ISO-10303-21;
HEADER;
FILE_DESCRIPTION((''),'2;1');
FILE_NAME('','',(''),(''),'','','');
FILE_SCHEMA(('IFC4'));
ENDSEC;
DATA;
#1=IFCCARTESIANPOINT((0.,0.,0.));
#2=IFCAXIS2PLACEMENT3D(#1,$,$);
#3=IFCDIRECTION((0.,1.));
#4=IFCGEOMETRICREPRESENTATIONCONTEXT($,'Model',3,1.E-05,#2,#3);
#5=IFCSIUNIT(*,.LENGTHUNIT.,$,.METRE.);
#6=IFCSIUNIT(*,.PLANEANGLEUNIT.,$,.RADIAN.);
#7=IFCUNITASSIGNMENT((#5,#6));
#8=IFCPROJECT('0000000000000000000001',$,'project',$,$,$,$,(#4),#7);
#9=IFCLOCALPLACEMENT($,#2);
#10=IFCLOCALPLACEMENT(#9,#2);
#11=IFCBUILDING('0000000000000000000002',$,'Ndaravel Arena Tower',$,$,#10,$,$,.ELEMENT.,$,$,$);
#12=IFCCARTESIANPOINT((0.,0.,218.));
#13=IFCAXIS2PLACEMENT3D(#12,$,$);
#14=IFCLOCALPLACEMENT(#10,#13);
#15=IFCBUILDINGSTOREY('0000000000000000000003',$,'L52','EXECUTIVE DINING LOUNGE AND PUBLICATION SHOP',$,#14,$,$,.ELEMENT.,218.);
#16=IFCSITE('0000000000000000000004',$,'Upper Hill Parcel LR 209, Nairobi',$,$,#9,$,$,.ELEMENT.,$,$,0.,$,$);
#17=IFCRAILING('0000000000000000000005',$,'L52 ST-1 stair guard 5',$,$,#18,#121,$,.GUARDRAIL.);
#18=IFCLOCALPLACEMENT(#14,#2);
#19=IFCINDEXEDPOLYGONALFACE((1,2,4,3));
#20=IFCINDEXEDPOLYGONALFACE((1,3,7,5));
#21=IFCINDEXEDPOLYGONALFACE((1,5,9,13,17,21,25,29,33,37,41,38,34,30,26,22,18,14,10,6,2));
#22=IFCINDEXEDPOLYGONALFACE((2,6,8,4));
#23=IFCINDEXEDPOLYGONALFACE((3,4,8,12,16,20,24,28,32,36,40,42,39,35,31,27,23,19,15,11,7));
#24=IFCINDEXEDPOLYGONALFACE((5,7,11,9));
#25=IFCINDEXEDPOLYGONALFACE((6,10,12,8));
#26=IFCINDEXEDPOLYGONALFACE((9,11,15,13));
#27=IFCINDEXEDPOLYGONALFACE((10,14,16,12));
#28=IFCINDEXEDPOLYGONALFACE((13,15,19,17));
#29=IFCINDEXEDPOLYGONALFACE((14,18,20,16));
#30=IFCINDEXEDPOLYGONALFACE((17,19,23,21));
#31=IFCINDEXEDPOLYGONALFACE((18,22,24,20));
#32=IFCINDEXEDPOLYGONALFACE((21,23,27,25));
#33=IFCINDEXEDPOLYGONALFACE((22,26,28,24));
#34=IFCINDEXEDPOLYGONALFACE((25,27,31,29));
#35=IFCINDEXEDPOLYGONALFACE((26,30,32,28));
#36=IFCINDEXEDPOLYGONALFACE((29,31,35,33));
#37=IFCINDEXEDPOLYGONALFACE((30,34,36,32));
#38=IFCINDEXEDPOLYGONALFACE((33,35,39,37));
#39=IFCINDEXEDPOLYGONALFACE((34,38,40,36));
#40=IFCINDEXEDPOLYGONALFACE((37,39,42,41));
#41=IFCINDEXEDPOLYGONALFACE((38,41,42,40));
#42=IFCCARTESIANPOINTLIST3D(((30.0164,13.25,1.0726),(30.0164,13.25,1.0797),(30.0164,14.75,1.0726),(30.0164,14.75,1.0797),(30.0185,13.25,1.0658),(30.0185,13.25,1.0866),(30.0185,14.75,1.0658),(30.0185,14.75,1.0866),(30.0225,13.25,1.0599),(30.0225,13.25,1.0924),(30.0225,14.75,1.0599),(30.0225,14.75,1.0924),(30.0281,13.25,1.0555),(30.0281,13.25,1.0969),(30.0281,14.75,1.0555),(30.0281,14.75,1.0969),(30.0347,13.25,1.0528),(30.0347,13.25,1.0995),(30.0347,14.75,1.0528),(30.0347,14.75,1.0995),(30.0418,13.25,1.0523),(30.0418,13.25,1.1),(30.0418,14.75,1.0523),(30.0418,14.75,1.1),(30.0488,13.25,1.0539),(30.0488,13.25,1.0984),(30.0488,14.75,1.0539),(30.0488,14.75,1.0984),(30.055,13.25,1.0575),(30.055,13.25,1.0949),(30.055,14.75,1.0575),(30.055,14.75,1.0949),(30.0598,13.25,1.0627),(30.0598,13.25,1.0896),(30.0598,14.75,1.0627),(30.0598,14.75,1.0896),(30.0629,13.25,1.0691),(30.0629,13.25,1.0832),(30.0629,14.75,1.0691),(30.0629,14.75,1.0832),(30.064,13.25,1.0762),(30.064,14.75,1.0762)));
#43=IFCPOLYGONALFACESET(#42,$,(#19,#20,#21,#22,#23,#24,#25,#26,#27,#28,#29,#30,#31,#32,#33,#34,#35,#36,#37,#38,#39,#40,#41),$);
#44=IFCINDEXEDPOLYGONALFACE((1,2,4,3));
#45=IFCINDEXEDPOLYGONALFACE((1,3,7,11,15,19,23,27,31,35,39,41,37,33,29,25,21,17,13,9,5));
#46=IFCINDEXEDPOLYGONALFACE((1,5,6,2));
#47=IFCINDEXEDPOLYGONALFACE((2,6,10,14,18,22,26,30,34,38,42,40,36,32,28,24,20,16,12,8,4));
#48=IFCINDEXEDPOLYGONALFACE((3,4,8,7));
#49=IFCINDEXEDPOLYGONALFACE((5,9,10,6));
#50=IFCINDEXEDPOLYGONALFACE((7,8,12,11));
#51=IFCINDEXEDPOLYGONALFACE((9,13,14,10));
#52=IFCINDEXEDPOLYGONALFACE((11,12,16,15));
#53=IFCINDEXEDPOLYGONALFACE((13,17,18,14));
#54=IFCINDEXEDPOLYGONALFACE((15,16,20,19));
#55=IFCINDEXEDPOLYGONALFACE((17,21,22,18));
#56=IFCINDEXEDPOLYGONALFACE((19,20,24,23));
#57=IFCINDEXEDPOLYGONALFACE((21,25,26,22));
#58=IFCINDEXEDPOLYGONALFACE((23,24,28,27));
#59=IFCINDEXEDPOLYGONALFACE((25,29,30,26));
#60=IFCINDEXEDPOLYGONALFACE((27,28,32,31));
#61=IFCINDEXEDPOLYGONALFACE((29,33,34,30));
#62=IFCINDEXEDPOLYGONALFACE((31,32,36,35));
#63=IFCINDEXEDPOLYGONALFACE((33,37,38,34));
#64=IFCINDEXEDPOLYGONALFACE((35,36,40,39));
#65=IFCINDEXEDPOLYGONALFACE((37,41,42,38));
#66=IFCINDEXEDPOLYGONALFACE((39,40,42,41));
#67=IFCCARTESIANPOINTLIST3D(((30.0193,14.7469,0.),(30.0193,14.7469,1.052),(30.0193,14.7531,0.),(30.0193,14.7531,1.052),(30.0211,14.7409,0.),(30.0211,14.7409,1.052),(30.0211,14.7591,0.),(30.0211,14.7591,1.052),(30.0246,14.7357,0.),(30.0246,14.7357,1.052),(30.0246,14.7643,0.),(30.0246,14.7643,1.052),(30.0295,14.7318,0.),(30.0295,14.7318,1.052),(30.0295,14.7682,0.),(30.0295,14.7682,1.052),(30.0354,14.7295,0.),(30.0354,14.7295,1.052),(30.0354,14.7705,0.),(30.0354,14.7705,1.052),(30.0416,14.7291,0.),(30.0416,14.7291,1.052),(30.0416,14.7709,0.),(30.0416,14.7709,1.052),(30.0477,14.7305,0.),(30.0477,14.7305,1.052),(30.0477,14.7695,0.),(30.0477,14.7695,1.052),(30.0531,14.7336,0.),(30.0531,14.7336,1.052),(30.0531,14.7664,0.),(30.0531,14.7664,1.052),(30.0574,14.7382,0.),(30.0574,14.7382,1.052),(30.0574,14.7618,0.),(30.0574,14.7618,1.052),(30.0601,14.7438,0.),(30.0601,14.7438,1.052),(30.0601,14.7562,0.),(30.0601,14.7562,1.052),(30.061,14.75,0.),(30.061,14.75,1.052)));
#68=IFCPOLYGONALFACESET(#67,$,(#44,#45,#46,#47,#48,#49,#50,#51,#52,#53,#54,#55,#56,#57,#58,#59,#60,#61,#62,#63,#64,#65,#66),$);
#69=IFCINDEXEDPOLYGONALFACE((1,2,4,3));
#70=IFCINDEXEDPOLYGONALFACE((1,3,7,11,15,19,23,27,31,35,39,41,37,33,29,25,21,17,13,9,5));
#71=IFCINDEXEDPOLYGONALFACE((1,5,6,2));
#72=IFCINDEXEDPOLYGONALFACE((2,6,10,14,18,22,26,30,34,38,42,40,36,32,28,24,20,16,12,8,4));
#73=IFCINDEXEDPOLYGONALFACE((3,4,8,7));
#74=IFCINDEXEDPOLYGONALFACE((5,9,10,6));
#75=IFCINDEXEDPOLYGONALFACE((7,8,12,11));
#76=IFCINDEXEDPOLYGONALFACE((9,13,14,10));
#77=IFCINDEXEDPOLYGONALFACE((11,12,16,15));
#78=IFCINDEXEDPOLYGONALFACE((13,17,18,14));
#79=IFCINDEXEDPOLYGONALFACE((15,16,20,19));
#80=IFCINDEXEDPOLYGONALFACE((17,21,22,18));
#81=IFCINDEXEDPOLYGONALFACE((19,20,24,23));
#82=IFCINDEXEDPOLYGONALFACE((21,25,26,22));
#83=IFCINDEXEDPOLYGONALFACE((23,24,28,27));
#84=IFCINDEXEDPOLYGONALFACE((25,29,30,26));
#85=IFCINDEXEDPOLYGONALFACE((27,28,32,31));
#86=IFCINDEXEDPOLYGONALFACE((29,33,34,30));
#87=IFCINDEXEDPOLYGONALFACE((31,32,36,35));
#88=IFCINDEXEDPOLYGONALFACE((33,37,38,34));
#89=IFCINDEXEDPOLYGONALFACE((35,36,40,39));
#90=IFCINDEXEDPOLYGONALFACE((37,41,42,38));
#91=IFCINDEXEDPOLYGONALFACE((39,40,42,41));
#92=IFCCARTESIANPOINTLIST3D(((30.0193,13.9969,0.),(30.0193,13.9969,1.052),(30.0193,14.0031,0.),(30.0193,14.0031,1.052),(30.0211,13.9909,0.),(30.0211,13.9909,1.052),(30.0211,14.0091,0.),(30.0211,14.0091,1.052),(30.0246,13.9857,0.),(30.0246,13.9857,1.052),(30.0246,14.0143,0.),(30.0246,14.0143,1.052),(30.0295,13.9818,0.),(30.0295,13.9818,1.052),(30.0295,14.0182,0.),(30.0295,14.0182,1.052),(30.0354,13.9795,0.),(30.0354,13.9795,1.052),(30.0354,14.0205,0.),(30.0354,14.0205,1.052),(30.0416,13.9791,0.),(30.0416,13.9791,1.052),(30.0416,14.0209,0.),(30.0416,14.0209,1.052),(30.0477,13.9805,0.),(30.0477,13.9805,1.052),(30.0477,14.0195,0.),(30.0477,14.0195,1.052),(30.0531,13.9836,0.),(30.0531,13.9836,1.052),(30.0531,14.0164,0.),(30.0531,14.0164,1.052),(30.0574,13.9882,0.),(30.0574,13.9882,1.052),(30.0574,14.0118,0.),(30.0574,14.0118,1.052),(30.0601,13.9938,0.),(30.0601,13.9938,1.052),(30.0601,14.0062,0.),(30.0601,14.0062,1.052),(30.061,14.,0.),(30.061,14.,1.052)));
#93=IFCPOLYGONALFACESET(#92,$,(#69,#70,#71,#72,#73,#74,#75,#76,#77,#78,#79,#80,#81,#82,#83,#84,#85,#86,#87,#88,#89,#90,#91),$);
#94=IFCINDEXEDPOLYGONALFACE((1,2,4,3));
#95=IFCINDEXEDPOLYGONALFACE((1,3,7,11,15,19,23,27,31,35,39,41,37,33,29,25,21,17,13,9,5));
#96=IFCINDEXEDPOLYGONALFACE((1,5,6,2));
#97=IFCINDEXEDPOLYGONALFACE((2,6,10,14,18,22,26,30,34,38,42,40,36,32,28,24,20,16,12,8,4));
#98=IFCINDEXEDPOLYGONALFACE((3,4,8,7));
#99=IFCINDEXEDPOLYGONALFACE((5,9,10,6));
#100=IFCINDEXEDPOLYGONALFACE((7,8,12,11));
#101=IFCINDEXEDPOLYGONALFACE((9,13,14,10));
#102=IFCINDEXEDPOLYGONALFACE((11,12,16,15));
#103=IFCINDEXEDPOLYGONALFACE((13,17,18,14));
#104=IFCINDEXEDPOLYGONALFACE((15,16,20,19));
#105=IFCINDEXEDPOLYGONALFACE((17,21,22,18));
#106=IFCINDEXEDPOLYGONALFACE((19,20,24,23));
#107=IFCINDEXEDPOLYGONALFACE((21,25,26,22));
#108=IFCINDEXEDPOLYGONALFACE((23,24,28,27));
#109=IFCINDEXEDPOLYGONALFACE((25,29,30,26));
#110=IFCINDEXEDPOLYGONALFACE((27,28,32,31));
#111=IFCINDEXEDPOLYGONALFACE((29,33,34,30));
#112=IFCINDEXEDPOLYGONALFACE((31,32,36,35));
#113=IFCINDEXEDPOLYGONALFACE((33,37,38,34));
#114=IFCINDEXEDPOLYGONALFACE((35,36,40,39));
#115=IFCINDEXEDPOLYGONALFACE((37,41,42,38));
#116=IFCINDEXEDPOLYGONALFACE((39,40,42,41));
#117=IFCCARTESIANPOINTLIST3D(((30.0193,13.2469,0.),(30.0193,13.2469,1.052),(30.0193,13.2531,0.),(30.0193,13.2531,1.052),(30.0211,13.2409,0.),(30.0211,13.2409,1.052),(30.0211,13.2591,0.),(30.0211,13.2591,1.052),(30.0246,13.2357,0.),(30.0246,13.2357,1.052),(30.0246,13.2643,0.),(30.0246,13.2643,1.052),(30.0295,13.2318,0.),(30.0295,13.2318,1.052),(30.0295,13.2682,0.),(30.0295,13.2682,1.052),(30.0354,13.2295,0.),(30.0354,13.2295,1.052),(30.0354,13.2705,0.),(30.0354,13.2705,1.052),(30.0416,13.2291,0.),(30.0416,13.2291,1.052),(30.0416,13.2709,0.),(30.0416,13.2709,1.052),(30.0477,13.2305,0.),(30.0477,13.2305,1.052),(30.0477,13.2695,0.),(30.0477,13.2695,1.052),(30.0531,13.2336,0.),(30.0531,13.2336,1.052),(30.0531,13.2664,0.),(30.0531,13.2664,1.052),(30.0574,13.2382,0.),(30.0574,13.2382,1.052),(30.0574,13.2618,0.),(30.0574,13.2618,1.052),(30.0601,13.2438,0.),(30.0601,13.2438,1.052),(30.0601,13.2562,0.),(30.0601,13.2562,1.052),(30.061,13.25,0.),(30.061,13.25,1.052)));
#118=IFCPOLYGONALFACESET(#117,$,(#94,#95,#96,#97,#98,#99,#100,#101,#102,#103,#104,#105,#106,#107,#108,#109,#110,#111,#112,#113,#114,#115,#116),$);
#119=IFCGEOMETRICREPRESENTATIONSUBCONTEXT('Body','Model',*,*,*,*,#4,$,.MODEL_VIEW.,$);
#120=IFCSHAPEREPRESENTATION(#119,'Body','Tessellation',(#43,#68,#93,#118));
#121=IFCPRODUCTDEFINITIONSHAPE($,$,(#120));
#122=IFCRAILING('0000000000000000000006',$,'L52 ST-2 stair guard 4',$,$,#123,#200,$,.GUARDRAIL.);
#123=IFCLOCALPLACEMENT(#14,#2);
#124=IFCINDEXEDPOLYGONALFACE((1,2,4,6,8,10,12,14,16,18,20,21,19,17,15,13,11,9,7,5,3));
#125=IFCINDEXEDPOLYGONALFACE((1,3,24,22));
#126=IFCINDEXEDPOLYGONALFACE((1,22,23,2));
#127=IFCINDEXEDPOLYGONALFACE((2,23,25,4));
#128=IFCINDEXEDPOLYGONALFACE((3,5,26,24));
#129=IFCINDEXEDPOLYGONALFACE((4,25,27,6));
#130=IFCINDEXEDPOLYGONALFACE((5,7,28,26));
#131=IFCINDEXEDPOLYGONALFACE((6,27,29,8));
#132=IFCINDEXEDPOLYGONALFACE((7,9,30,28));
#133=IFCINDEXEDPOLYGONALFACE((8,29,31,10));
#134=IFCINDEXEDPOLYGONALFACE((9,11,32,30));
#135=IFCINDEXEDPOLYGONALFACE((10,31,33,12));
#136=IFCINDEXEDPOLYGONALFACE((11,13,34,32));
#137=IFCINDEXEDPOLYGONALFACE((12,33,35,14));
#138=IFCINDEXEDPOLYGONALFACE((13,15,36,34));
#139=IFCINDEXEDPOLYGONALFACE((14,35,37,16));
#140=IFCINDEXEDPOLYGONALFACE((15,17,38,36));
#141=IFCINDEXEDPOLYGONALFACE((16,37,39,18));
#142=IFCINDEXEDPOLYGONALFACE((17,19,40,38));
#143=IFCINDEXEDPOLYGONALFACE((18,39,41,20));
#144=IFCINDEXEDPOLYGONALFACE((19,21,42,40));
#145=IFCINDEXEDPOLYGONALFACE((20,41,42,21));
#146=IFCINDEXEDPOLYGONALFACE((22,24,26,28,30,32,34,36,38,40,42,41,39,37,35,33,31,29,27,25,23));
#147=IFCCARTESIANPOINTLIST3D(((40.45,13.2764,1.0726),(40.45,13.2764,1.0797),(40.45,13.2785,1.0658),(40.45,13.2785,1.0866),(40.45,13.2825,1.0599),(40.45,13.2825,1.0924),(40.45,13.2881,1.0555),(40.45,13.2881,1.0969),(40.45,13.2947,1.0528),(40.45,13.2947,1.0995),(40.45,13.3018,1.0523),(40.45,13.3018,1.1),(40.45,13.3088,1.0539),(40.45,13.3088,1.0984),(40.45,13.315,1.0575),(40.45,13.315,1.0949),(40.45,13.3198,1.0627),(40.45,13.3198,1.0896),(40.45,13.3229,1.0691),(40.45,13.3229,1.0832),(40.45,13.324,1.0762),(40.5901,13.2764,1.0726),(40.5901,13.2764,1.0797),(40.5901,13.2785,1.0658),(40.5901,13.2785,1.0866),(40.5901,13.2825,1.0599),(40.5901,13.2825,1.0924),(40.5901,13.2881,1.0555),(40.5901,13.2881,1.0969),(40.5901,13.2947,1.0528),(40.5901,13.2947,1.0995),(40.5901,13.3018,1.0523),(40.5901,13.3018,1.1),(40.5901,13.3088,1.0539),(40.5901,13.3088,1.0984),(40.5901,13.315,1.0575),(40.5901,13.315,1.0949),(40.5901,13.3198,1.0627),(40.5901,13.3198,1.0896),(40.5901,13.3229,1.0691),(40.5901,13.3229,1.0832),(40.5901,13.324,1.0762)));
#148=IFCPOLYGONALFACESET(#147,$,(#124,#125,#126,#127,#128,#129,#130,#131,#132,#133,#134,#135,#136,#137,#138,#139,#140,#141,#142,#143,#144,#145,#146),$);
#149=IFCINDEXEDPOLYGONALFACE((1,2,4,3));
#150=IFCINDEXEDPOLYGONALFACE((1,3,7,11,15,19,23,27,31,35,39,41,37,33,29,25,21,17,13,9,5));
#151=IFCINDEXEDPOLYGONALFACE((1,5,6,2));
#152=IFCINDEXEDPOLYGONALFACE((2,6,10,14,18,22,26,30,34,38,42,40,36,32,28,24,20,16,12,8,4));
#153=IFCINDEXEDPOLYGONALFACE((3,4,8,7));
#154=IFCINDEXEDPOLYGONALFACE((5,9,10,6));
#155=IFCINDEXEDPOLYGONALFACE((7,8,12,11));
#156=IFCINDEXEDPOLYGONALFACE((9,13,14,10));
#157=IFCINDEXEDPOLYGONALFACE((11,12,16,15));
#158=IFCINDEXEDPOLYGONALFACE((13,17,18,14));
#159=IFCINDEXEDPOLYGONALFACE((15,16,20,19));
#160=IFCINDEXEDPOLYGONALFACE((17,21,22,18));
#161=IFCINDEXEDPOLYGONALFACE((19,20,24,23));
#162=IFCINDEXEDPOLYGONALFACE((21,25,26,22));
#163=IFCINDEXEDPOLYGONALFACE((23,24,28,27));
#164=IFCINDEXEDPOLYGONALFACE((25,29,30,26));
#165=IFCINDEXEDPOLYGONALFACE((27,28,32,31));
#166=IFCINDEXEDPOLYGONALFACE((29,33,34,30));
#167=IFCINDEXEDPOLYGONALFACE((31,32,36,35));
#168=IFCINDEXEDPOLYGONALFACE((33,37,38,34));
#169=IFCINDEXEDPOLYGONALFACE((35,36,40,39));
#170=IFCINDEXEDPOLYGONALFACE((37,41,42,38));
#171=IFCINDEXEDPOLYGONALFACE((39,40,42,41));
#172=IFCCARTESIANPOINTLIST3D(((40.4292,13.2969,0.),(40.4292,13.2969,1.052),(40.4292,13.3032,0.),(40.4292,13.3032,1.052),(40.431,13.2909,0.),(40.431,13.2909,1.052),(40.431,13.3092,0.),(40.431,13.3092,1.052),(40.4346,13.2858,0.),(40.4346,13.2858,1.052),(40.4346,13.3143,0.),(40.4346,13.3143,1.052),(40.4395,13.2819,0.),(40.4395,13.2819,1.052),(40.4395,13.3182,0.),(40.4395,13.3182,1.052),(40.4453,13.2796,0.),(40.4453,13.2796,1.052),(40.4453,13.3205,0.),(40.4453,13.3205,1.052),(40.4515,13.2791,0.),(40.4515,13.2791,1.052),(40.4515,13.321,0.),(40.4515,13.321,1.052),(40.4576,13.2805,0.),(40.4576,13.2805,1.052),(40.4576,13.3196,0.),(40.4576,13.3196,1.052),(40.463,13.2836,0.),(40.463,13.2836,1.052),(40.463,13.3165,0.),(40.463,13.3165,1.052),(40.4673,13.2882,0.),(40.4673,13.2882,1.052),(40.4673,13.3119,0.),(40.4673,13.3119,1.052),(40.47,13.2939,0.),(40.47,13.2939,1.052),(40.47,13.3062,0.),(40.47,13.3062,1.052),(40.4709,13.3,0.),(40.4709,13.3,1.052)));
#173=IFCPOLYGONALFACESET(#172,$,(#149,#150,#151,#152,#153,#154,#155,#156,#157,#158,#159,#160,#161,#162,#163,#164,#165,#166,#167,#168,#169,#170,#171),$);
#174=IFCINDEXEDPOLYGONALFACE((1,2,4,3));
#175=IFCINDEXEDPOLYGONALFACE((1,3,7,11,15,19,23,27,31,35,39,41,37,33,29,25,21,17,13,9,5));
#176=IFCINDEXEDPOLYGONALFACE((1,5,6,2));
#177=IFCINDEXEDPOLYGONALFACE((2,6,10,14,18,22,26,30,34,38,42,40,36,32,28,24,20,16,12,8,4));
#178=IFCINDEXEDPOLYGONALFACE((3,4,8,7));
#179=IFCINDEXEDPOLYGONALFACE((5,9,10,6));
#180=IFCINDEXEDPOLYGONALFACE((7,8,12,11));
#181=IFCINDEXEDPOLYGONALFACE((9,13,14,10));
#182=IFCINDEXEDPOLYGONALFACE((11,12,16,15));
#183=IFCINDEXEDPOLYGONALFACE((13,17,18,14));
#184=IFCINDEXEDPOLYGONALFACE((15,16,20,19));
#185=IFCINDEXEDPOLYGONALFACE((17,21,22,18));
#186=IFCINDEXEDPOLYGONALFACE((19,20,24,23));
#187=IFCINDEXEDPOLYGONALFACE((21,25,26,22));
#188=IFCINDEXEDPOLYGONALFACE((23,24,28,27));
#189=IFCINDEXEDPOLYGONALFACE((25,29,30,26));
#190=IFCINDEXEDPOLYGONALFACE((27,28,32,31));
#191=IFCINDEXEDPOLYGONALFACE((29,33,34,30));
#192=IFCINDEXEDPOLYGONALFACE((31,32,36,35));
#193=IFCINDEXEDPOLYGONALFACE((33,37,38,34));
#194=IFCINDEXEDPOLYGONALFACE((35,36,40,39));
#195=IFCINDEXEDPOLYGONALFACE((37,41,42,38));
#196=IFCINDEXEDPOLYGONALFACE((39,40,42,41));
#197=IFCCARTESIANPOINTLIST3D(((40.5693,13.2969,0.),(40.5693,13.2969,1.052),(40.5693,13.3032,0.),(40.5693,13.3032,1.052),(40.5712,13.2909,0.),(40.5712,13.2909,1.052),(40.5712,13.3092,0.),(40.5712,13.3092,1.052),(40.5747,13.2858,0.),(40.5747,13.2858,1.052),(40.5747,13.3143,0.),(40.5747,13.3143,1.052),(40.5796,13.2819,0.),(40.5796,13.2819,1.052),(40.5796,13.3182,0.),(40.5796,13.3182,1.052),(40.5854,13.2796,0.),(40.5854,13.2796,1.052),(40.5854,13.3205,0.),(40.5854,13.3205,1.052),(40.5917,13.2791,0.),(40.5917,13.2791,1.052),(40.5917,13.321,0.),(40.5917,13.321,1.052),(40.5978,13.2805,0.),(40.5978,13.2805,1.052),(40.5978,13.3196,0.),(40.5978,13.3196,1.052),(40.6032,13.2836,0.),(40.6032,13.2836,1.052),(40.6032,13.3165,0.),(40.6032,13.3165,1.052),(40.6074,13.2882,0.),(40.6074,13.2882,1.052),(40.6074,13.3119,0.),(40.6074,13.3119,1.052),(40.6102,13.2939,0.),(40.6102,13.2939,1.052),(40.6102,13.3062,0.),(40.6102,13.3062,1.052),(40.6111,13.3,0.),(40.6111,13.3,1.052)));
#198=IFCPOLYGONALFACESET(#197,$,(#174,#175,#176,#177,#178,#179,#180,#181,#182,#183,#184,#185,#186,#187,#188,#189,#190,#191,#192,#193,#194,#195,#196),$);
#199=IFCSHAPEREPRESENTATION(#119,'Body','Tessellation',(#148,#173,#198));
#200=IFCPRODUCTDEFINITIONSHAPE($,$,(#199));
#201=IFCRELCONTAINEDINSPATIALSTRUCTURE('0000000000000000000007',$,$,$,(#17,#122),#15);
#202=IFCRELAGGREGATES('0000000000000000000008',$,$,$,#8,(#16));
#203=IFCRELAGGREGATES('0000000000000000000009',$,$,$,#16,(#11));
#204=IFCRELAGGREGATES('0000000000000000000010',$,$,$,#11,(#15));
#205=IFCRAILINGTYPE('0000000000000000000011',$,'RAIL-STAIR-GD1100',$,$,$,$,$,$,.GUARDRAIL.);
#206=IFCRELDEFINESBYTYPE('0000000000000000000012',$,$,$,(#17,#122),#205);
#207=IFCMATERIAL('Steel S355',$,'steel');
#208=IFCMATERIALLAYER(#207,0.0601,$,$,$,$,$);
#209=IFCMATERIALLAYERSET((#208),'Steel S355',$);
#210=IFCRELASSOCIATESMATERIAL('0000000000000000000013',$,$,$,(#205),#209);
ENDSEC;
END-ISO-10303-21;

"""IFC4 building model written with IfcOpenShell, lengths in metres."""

from ifc_helpers import new_model, si_unit, direction, frame, origin, origin_2d, place, context, subcontext, project, spatial, circle, extrude, material, layer, layer_set, type_object, element, save


model = new_model("IFC4")

# Units and contexts
model_context = context("Model", 3, precision=1e-05, world=origin(), true_north=direction((0.0, 1.0)))
body_context = subcontext(model_context, "Body", "Model", "MODEL_VIEW")
ifc_project = project(units=[si_unit("LENGTHUNIT", "METRE"), si_unit("PLANEANGLEUNIT", "RADIAN")], contexts=[model_context])

# Site, building, storey
site_placement = place(None, origin())
site = spatial("IfcSite", under=ifc_project, at=site_placement, Name="Upper Hill Parcel LR 209, Nairobi", CompositionType="ELEMENT", RefElevation=0.0)
building_placement = place(site_placement, origin())
building = spatial("IfcBuilding", under=site, at=building_placement, Name="Ndaravel Arena Tower", CompositionType="ELEMENT")
storey_placement = place(building_placement, frame((0.0, 0.0, 218.0)))
storey = spatial("IfcBuildingStorey", under=building, at=storey_placement, Name="L52", Description="EXECUTIVE DINING LOUNGE AND PUBLICATION SHOP", CompositionType="ELEMENT", Elevation=218.0)

# Railings
ifc_material_1 = material(Name="Steel S355", Category="steel")
ifc_layer_1 = layer(ifc_material_1, 0.0601)
ifc_layer_set_1 = layer_set([ifc_layer_1], Name="Steel S355")
railing_type = type_object("IfcRailingType", Name="RAIL-STAIR-GD1100", PredefinedType="GUARDRAIL", material=ifc_layer_set_1)
railing_1_placement = place(storey_placement, frame((30.04, 14.75, 0.0)))
element("IfcRailing", 1, at=railing_1_placement, inside=storey, type_object=railing_type, Name="L52 ST-1 stair guard 5", PredefinedType="GUARDRAIL", context=body_context, shape_type="SweptSolid", body=[
    extrude(circle(Radius=0.0239, at=origin_2d()), frame((0.0, 0.0, 1.0762), z_axis=(0.0, -1.0, 0.0), x_axis=(1.0, 0.0, 0.0)), (0.0, 0.0, 1.0), 1.5),
    extrude(circle(Radius=0.021, at=origin_2d()), origin(), (0.0, 0.0, 1.0), 1.052),
    extrude(circle(Radius=0.021, at=origin_2d()), frame((0.0, -0.75, 0.0)), (0.0, 0.0, 1.0), 1.052),
    extrude(circle(Radius=0.021, at=origin_2d()), frame((0.0, -1.5, 0.0)), (0.0, 0.0, 1.0), 1.052),
])
railing_2_placement = place(storey_placement, frame((40.45, 13.3, 0.0)))
element("IfcRailing", 2, at=railing_2_placement, inside=storey, type_object=railing_type, Name="L52 ST-2 stair guard 4", PredefinedType="GUARDRAIL", context=body_context, shape_type="SweptSolid", body=[
    extrude(circle(Radius=0.0239, at=origin_2d()), frame((0.0, 0.0, 1.0762), z_axis=(1.0, 0.0, 0.0), x_axis=(0.0, 1.0, 0.0)), (0.0, 0.0, 1.0), 0.1401),
    extrude(circle(Radius=0.021, at=origin_2d()), origin(), (0.0, 0.0, 1.0), 1.052),
    extrude(circle(Radius=0.021, at=origin_2d()), frame((0.1401, 0.0, 0.0)), (0.0, 0.0, 1.0), 1.052),
])

save(model, "model.ifc")
